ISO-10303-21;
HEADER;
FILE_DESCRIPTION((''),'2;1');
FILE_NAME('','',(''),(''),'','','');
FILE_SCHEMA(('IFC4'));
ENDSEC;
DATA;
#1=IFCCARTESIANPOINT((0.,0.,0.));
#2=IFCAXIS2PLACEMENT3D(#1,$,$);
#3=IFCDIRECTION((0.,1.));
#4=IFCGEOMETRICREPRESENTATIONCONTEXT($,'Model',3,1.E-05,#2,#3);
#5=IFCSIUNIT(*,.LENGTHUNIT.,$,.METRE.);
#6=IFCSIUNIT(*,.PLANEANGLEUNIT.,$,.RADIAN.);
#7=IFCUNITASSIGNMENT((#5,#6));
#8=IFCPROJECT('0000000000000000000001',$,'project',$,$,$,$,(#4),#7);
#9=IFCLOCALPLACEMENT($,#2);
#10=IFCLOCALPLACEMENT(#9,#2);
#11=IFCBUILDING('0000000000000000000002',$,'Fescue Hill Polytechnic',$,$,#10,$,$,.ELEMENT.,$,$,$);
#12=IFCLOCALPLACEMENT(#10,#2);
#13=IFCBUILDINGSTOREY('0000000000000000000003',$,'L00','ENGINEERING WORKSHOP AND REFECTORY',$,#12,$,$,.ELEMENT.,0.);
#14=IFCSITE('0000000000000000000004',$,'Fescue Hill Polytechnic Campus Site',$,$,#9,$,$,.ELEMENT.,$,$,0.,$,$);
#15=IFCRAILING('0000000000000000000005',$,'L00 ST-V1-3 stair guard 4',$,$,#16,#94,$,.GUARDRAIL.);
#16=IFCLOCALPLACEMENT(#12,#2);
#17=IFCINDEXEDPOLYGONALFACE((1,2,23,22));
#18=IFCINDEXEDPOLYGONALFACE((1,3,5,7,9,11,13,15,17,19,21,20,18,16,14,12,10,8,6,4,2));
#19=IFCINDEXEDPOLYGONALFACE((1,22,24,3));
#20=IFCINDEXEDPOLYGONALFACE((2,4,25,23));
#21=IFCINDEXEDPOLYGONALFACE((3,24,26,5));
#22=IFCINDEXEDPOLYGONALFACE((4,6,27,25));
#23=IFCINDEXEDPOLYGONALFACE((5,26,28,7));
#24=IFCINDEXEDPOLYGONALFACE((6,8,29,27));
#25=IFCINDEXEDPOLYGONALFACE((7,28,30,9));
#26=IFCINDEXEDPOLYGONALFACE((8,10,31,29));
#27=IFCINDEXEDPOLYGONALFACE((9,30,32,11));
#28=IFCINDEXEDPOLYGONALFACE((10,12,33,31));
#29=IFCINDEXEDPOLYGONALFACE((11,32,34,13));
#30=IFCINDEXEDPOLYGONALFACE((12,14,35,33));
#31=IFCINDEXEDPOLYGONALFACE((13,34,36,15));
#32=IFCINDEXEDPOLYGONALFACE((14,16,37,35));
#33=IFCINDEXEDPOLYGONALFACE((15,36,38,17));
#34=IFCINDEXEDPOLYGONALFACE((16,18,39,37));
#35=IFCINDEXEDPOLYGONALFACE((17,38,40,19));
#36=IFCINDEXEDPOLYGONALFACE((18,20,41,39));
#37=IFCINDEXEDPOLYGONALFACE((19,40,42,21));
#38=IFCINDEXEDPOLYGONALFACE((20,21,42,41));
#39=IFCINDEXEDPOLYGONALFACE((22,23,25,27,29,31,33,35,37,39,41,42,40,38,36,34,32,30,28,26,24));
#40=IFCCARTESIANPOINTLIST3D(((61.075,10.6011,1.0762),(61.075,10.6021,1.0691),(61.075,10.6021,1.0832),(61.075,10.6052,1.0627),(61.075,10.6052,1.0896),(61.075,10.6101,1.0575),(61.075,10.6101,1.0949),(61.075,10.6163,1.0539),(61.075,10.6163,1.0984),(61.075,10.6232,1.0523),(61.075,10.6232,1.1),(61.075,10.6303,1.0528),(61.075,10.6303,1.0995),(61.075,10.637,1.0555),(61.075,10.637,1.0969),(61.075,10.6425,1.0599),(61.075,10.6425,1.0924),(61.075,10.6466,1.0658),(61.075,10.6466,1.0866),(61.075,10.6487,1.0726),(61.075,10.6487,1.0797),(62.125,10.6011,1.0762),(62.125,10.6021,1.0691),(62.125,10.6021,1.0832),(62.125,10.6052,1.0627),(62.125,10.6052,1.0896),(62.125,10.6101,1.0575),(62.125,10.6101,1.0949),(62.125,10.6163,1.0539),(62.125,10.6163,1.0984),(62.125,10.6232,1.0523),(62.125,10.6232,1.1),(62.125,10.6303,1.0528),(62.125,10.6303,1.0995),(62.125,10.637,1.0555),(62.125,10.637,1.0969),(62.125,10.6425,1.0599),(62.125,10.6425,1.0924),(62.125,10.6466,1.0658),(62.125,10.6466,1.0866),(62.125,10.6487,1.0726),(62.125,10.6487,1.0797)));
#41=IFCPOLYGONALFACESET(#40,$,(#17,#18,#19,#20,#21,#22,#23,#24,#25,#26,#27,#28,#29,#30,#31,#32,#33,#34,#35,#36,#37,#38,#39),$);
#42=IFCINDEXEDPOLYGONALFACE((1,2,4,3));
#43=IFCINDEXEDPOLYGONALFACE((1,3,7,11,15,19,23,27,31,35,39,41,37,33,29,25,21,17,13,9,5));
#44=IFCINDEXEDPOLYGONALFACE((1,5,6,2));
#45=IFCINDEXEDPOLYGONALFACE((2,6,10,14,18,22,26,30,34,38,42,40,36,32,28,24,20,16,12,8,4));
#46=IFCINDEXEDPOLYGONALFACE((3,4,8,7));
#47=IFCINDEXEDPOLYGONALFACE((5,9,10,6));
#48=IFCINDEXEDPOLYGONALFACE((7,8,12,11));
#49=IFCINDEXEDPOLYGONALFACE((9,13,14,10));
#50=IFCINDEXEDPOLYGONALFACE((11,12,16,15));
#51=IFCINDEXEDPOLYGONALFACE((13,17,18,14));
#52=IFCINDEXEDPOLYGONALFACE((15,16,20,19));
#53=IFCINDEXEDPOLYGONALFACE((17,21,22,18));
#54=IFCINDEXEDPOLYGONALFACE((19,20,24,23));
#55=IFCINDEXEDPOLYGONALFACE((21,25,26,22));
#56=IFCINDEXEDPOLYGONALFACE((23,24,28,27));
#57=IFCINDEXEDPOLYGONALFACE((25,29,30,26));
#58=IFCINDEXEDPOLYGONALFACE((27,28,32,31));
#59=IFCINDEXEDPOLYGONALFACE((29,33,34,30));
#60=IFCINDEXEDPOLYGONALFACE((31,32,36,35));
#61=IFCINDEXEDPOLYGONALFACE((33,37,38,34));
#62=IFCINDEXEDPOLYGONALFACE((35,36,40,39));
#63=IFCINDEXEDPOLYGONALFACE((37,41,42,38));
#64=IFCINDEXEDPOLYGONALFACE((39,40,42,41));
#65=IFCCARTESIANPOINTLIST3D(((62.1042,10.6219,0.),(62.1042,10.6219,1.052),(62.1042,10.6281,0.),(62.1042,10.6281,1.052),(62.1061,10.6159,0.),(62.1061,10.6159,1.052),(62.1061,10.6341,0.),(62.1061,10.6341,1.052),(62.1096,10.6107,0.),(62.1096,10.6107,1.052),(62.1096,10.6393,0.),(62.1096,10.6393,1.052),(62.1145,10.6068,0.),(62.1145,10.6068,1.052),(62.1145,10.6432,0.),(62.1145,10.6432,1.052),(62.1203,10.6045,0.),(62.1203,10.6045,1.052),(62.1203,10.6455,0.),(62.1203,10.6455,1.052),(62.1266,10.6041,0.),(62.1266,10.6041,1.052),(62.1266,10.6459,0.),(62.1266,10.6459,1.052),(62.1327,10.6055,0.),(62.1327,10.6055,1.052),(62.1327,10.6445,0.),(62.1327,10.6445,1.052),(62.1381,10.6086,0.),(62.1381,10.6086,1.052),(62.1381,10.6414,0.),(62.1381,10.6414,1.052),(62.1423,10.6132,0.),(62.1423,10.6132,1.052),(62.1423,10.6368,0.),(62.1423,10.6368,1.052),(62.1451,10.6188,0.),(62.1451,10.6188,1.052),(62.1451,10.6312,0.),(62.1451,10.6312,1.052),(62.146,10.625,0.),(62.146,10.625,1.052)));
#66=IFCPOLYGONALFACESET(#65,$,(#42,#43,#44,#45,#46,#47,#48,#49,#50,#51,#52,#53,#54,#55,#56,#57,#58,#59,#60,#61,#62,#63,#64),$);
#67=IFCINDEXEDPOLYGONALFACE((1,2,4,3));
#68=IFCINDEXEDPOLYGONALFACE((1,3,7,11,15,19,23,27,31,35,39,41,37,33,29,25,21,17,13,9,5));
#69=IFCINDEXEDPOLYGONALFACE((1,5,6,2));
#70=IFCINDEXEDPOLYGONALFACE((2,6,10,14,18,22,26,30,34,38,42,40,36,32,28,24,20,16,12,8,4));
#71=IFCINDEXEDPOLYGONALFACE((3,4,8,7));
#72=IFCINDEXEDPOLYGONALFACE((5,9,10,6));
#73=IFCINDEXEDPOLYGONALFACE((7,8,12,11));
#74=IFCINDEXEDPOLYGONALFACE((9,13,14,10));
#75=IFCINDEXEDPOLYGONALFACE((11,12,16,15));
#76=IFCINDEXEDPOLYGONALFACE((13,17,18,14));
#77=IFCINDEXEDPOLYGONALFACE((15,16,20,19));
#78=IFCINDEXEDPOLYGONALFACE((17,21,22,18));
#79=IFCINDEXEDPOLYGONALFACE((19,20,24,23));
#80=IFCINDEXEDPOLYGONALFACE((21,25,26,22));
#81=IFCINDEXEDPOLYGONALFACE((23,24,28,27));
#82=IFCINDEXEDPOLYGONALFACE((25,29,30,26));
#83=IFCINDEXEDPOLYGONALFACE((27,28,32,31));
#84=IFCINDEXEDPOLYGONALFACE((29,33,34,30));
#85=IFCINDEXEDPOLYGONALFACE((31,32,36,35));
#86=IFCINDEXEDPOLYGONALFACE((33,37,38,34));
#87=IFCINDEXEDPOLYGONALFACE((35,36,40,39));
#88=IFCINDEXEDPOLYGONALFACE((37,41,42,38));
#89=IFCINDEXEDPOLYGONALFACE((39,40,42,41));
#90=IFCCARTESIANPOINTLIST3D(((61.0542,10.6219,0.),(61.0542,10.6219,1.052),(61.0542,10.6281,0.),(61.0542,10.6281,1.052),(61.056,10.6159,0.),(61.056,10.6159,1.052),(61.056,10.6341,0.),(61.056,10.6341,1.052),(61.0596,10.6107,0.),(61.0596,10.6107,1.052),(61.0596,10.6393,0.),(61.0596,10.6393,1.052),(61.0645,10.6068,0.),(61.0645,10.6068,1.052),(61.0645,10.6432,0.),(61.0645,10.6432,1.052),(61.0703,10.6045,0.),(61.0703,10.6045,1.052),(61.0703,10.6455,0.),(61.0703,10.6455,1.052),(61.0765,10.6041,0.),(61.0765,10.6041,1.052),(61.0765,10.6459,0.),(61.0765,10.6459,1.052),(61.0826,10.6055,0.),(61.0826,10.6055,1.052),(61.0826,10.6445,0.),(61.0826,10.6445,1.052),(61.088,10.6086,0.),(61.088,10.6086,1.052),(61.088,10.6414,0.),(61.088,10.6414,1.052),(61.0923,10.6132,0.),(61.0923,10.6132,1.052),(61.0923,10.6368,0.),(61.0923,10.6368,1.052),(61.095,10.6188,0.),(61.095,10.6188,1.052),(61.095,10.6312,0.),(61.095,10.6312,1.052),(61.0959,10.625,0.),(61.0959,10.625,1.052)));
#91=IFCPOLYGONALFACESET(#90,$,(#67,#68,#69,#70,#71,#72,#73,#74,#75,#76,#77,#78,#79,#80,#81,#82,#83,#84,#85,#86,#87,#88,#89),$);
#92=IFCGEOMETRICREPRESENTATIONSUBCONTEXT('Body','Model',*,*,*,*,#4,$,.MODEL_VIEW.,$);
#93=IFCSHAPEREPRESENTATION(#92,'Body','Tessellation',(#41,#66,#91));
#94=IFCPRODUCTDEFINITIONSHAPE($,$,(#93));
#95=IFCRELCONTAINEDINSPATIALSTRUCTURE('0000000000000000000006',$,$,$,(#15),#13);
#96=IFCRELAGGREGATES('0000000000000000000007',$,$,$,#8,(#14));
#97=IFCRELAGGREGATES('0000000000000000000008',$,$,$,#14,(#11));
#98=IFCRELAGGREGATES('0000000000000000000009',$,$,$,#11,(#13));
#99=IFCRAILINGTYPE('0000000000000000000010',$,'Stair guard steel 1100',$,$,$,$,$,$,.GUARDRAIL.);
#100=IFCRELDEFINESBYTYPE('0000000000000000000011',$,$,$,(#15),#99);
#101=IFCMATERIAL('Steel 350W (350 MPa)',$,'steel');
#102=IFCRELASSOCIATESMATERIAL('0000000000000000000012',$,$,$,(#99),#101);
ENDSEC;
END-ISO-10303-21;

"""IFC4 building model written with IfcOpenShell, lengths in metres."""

from ifc_helpers import new_model, si_unit, direction, frame, origin, origin_2d, place, context, subcontext, project, spatial, circle, extrude, material, type_object, element, save


model = new_model("IFC4")

# Units and contexts
model_context = context("Model", 3, precision=1e-05, world=origin(), true_north=direction((0.0, 1.0)))
body_context = subcontext(model_context, "Body", "Model", "MODEL_VIEW")
ifc_project = project(units=[si_unit("LENGTHUNIT", "METRE"), si_unit("PLANEANGLEUNIT", "RADIAN")], contexts=[model_context])

# Site, building, storey
site_placement = place(None, origin())
site = spatial("IfcSite", under=ifc_project, at=site_placement, Name="Fescue Hill Polytechnic Campus Site", CompositionType="ELEMENT", RefElevation=0.0)
building_placement = place(site_placement, origin())
building = spatial("IfcBuilding", under=site, at=building_placement, Name="Fescue Hill Polytechnic", CompositionType="ELEMENT")
storey_placement = place(building_placement, origin())
storey = spatial("IfcBuildingStorey", under=building, at=storey_placement, Name="L00", Description="ENGINEERING WORKSHOP AND REFECTORY", CompositionType="ELEMENT", Elevation=0.0)

# Railing
ifc_material_1 = material(Name="Steel 350W (350 MPa)", Category="steel")
railing_type = type_object("IfcRailingType", Name="Stair guard steel 1100", PredefinedType="GUARDRAIL", material=ifc_material_1)
railing_1_placement = place(storey_placement, frame((62.125, 10.625, 0.0)))
element("IfcRailing", 1, at=railing_1_placement, inside=storey, type_object=railing_type, Name="L00 ST-V1-3 stair guard 4", PredefinedType="GUARDRAIL", context=body_context, shape_type="SweptSolid", body=[
    extrude(circle(Radius=0.0239, at=origin_2d()), frame((0.0, 0.0, 1.0762), z_axis=(-1.0, 0.0, 0.0), x_axis=(0.0, -1.0, 0.0)), (0.0, 0.0, 1.0), 1.05),
    extrude(circle(Radius=0.021, at=origin_2d()), origin(), (0.0, 0.0, 1.0), 1.052),
    extrude(circle(Radius=0.021, at=origin_2d()), frame((-1.05, 0.0, 0.0)), (0.0, 0.0, 1.0), 1.052),
])

save(model, "model.ifc")
